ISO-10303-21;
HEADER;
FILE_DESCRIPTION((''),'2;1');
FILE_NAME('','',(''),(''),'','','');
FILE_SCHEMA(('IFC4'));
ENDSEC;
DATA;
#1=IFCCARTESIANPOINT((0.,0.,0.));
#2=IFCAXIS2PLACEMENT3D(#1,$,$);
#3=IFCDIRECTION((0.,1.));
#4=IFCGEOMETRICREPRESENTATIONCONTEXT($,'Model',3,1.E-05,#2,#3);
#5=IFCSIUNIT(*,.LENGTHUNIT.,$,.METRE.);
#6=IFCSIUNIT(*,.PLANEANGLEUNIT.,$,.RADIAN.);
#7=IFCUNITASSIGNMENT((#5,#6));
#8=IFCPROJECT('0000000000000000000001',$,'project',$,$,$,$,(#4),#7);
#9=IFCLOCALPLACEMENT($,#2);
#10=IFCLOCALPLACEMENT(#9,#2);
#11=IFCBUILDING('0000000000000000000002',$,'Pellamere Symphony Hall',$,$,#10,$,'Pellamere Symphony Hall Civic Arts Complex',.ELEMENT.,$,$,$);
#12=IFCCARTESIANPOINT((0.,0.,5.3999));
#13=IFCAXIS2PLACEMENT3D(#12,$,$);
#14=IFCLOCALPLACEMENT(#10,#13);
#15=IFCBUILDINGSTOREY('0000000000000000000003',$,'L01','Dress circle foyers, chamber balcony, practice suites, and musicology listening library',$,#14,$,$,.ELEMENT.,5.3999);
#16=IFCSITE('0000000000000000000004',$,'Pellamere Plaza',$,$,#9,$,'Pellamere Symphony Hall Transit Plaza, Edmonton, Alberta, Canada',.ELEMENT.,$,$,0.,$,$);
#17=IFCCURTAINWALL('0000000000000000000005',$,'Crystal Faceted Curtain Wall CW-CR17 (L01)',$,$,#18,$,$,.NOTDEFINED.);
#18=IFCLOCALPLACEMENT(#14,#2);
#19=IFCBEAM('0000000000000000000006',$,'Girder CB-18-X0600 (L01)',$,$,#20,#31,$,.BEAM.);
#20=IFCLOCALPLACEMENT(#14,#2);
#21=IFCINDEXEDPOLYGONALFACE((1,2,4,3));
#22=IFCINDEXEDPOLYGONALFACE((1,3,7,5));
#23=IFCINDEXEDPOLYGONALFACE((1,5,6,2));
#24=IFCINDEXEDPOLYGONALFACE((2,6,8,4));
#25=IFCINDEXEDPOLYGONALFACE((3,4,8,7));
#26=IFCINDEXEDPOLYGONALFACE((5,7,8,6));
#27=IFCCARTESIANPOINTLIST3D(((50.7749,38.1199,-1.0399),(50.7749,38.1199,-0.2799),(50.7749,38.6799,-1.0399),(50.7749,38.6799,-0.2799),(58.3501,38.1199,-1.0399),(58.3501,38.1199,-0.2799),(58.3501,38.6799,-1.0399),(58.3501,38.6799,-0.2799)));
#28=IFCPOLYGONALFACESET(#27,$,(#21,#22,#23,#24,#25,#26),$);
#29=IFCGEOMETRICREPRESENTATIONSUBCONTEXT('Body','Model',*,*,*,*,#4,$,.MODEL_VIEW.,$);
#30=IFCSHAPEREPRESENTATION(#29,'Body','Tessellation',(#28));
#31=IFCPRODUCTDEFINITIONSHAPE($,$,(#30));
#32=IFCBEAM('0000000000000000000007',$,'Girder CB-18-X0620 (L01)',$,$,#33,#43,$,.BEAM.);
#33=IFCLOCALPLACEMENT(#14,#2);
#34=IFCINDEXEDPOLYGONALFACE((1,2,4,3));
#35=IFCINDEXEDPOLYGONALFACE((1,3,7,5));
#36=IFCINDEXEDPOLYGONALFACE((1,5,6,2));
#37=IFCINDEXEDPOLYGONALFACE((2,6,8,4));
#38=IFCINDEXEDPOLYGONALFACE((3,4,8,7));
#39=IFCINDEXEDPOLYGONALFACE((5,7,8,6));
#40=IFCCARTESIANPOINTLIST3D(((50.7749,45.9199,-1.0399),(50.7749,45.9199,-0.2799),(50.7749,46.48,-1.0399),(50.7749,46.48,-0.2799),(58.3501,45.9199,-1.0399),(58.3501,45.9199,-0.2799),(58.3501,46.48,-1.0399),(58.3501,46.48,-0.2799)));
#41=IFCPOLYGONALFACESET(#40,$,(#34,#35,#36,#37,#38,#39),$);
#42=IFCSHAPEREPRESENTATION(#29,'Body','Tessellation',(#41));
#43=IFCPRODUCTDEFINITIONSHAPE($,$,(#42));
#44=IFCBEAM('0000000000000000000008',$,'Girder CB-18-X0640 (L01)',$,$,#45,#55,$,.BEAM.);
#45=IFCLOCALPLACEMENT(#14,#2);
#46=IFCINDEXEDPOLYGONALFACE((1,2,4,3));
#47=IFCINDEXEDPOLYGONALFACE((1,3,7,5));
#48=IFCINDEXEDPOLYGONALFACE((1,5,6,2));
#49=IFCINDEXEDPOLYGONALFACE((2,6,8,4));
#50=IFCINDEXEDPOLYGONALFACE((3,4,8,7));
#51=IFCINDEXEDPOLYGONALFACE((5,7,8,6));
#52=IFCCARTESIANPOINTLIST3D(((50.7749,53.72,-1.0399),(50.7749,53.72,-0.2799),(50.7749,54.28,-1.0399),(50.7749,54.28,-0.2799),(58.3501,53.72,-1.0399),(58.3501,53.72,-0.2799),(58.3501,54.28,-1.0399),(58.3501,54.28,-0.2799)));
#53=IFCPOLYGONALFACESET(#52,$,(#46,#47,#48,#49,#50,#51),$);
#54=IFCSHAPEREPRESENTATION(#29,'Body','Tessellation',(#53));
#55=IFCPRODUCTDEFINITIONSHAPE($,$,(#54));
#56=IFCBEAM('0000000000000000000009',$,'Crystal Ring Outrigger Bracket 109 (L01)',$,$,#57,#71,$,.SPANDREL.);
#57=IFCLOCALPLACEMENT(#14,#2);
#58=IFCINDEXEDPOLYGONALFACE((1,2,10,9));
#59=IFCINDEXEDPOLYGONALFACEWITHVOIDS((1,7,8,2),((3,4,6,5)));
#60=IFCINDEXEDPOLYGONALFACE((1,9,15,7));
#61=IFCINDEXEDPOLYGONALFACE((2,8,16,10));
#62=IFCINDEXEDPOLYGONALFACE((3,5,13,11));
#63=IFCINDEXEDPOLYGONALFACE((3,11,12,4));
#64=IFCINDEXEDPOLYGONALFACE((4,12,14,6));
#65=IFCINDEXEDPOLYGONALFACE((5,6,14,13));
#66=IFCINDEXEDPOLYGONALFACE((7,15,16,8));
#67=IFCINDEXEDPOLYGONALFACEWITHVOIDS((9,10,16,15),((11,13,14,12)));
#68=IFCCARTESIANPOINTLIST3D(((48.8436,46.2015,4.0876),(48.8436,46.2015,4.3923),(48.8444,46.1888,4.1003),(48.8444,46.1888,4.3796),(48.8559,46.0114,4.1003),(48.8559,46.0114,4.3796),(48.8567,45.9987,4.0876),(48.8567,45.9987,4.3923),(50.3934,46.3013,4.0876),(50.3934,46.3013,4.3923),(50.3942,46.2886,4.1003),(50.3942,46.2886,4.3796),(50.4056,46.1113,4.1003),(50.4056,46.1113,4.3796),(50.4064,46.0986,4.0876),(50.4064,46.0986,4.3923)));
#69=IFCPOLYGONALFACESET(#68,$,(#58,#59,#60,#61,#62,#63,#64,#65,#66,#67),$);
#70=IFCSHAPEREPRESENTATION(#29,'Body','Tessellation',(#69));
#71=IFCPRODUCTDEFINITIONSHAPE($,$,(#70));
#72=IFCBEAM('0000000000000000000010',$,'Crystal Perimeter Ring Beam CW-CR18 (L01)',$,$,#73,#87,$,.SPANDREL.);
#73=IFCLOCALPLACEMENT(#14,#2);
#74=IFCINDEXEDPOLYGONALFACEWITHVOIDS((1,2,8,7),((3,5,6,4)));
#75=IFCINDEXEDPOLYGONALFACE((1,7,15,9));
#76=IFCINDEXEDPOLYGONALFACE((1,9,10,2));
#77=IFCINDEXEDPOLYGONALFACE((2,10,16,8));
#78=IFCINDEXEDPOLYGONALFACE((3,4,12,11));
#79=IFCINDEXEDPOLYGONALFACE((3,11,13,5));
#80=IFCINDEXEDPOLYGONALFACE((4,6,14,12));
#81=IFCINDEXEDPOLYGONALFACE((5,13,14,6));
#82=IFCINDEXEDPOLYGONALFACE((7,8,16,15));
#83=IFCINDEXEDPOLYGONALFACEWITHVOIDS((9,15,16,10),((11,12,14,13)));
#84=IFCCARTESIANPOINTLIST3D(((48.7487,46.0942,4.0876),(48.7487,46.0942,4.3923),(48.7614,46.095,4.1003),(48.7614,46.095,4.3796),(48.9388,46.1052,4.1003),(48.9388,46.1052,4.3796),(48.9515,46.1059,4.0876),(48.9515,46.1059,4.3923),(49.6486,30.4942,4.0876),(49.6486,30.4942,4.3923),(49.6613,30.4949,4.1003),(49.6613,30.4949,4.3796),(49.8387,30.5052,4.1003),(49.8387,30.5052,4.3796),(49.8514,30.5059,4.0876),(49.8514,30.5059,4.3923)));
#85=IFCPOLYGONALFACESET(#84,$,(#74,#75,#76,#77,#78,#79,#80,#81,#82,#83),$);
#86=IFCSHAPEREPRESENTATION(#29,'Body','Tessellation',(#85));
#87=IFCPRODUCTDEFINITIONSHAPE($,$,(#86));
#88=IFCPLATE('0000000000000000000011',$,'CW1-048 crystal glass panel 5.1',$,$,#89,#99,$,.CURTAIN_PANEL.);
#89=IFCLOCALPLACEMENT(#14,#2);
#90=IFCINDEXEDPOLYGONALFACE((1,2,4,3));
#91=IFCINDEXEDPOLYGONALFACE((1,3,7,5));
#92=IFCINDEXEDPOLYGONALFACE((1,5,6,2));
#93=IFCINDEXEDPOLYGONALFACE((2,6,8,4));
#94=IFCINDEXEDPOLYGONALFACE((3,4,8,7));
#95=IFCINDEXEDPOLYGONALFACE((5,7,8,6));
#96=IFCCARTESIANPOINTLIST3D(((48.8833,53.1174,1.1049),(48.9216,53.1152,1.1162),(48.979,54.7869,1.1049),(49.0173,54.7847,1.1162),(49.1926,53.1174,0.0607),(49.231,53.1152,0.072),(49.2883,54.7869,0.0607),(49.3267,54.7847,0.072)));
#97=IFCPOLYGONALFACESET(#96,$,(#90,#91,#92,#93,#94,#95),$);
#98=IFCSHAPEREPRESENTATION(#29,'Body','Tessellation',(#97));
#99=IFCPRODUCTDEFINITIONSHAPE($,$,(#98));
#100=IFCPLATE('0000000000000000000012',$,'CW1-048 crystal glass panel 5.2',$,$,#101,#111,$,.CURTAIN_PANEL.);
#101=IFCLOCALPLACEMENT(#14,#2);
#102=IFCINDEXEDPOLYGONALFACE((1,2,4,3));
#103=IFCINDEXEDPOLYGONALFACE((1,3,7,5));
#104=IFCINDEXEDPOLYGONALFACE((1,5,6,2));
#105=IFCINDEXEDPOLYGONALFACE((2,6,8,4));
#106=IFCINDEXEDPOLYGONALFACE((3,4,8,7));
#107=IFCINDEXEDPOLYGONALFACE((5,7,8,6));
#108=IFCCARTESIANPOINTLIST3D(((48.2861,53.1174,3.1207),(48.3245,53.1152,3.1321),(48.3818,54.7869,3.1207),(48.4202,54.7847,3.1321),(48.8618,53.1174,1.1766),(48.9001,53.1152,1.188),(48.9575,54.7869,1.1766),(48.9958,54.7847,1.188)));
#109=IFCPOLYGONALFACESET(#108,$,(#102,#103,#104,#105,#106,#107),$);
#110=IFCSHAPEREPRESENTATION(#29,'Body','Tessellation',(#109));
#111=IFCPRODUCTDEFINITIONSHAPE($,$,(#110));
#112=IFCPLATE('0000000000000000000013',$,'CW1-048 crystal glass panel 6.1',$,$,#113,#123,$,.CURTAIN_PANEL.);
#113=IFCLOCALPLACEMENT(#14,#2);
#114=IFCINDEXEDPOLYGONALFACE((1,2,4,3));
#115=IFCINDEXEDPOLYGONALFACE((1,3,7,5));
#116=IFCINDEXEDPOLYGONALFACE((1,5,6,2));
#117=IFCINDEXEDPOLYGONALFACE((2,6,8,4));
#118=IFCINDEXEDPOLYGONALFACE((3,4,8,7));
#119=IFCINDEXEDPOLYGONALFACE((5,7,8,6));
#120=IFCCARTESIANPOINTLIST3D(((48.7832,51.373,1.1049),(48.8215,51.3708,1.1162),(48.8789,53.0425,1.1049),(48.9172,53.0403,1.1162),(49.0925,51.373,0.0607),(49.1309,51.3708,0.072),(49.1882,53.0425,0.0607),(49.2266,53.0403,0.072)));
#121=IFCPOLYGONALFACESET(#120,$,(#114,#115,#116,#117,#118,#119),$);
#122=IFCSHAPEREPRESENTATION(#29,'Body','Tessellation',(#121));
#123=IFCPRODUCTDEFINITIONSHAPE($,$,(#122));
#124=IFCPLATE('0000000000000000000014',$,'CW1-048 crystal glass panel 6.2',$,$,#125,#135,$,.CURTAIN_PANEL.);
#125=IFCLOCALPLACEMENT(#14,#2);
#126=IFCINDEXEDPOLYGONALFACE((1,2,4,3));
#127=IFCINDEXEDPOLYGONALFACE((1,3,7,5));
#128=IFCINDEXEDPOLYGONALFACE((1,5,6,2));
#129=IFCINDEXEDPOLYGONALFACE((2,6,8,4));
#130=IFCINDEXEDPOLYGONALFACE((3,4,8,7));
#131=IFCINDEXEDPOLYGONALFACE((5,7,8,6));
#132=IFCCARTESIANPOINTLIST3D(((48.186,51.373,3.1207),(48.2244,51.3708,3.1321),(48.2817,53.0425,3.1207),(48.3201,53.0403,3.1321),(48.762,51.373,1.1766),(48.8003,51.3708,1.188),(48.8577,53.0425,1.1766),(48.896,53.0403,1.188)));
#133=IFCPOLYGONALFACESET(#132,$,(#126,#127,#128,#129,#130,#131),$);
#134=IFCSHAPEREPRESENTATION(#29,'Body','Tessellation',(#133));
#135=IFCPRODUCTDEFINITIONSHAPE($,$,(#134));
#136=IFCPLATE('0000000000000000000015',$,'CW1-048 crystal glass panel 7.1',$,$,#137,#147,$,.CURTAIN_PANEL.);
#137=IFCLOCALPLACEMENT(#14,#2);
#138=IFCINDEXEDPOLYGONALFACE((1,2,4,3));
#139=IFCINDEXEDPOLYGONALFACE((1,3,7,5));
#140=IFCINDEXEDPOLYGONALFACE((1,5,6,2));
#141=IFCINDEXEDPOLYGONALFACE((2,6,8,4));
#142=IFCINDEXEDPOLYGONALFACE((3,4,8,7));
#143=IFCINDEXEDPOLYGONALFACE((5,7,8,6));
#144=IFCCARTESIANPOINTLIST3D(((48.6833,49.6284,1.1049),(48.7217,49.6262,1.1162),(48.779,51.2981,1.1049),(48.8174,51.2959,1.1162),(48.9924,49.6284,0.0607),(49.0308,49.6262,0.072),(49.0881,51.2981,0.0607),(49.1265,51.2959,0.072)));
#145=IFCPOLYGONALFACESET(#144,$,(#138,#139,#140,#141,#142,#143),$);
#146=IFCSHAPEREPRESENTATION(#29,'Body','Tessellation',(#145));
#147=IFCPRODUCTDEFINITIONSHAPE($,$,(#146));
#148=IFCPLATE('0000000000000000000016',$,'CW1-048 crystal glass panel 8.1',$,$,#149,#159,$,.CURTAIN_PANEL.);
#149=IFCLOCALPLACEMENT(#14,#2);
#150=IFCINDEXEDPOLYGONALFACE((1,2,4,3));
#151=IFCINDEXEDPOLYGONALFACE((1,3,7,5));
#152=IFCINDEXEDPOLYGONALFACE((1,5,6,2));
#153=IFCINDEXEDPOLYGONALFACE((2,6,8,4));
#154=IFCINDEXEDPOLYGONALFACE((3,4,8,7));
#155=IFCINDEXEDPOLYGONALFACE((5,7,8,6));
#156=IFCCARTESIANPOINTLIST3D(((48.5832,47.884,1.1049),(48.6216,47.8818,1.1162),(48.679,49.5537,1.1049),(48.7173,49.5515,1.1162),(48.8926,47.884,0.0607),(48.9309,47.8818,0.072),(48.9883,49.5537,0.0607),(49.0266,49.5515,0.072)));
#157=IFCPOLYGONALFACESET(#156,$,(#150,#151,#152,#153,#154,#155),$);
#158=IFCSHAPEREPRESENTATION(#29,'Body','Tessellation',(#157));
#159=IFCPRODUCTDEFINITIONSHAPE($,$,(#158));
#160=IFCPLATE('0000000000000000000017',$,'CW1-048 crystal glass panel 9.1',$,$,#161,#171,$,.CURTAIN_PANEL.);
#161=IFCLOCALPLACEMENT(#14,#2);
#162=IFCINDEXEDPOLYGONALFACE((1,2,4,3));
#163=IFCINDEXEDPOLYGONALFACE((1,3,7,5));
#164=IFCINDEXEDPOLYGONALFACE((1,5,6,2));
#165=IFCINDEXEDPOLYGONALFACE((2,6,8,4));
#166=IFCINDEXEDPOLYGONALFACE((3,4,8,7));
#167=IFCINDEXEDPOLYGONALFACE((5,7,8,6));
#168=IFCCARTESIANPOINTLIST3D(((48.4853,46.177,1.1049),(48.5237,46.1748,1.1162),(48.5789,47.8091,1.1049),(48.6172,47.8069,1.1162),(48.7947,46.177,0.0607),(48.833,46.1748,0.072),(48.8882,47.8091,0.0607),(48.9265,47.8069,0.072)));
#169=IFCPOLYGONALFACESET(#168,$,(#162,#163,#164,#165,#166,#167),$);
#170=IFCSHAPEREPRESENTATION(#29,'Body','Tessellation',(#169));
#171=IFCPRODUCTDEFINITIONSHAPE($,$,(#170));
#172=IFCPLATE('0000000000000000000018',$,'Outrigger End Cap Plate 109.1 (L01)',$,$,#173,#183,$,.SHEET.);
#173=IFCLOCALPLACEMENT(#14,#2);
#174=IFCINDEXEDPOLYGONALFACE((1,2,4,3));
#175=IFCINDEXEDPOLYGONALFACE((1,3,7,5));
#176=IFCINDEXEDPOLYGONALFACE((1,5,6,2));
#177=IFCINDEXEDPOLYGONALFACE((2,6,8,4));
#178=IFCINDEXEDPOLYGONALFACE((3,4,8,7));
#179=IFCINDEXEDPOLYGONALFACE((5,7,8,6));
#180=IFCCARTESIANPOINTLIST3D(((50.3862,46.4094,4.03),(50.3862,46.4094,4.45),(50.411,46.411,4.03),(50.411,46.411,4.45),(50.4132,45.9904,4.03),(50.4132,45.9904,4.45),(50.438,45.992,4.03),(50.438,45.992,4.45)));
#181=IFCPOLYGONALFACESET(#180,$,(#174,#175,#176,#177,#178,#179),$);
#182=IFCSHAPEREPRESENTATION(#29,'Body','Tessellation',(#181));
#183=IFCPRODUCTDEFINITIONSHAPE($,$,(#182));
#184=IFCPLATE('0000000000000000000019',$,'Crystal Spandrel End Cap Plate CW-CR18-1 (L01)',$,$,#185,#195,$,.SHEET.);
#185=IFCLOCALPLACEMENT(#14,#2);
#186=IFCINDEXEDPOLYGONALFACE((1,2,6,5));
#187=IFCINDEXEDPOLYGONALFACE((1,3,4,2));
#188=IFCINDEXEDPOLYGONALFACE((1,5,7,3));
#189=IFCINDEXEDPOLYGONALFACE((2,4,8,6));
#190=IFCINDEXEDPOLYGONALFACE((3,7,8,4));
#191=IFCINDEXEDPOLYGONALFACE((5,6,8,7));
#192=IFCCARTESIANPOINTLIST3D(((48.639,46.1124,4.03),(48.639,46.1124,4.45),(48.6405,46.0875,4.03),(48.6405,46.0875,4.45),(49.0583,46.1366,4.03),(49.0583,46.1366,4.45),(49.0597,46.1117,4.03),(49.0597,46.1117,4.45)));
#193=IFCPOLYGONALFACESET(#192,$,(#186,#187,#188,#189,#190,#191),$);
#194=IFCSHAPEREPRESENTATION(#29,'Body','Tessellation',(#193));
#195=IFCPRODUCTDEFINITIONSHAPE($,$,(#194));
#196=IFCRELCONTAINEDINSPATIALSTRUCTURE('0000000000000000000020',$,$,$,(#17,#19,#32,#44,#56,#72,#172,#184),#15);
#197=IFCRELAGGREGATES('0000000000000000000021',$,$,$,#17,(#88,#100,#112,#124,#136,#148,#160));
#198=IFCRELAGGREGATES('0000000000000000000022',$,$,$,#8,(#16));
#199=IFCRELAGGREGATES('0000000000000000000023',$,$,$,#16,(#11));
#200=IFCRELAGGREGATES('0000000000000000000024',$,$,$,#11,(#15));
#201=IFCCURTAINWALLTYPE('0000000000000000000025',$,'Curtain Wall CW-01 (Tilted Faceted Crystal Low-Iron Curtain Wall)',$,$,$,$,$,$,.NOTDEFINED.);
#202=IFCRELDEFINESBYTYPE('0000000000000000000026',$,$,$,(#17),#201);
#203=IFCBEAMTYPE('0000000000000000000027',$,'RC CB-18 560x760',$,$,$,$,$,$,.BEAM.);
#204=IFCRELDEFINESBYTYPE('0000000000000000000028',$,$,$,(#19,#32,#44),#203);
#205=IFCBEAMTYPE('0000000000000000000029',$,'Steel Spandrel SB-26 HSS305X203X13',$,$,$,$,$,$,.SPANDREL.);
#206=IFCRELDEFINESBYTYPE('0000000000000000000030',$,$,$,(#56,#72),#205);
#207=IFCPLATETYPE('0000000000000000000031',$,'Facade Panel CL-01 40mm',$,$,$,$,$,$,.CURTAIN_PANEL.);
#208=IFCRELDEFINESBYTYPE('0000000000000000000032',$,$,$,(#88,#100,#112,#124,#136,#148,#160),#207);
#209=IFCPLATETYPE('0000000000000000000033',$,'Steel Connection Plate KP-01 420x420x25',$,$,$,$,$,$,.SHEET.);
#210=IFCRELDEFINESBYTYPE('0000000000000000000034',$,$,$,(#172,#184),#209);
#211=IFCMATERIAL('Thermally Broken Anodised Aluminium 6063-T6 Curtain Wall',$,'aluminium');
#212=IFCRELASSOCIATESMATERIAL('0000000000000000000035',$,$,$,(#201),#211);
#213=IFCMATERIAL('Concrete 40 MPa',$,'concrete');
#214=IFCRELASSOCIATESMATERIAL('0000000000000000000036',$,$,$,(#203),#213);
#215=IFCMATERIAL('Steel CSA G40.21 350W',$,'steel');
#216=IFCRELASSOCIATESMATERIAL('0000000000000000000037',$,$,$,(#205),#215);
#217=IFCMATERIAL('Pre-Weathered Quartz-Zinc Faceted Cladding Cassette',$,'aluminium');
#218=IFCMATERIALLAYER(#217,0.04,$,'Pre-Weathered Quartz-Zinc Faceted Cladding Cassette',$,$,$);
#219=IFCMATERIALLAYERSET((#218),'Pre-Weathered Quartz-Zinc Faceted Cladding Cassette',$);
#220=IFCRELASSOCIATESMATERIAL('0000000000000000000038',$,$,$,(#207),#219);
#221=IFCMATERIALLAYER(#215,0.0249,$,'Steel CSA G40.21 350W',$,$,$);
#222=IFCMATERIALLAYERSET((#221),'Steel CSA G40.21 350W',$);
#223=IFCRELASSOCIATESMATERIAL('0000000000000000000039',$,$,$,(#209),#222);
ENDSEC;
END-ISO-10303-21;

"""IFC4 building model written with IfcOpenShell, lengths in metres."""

from ifc_helpers import new_model, si_unit, direction, frame, origin, origin_2d, place, context, subcontext, project, spatial, polyline, rectangle, hollow_rectangle, outline, extrude, material, layer, layer_set, material_profile, profile_set, type_object, element, aggregate, save


model = new_model("IFC4")

# Units and contexts
model_context = context("Model", 3, precision=1e-05, world=origin(), true_north=direction((0.0, 1.0)))
body_context = subcontext(model_context, "Body", "Model", "MODEL_VIEW")
ifc_project = project(units=[si_unit("LENGTHUNIT", "METRE"), si_unit("PLANEANGLEUNIT", "RADIAN")], contexts=[model_context])

# Site, building, storey
site_placement = place(None, origin())
site = spatial("IfcSite", under=ifc_project, at=site_placement, Name="Pellamere Plaza", LongName="Pellamere Symphony Hall Transit Plaza, Edmonton, Alberta, Canada", CompositionType="ELEMENT", RefElevation=0.0)
building_placement = place(site_placement, origin())
building = spatial("IfcBuilding", under=site, at=building_placement, Name="Pellamere Symphony Hall", LongName="Pellamere Symphony Hall Civic Arts Complex", CompositionType="ELEMENT")
storey_placement = place(building_placement, frame((0.0, 0.0, 5.3999)))
storey = spatial("IfcBuildingStorey", under=building, at=storey_placement, Name="L01", Description="Dress circle foyers, chamber balcony, practice suites, and musicology listening library", CompositionType="ELEMENT", Elevation=5.3999)

# Shared definitions
ifc_material_1 = material(Name="Concrete 40 MPa", Category="concrete")

# Curtain wall
ifc_material_2 = material(Name="Thermally Broken Anodised Aluminium 6063-T6 Curtain Wall", Category="aluminium")
curtain_wall_type = type_object("IfcCurtainWallType", Name="Curtain Wall CW-01 (Tilted Faceted Crystal Low-Iron Curtain Wall)", PredefinedType="NOTDEFINED", material=ifc_material_2)
curtain_wall_1_placement = place(storey_placement, origin())
curtain_wall_1 = element("IfcCurtainWall", 1, at=curtain_wall_1_placement, inside=storey, type_object=curtain_wall_type, Name="Crystal Faceted Curtain Wall CW-CR17 (L01)", PredefinedType="NOTDEFINED")

# Beams
ifc_material_profile_1 = material_profile(ifc_material_1, rectangle(XDim=0.5601, YDim=0.76, at=origin_2d()), Name="RC 560x760")
ifc_profile_set_1 = profile_set([ifc_material_profile_1], Name="Concrete 40 MPa")
beam_type_1 = type_object("IfcBeamType", Name="RC CB-18 560x760", PredefinedType="BEAM", material=ifc_profile_set_1)
for number, where, z_axis, x_axis, name in (
    (2, (50.7749, 38.3999, -0.6599), (1.0, 0.0, 0.0), (0.0, 1.0, 0.0), "Girder CB-18-X0600 (L01)"),
    (3, (50.7749, 46.2, -0.6599), (1.0, 0.0, 0.0), (0.0, 1.0, 0.0), "Girder CB-18-X0620 (L01)"),
    (4, (50.7749, 54.0, -0.6599), (1.0, 0.0, 0.0), (0.0, 1.0, 0.0), "Girder CB-18-X0640 (L01)"),
):
    element("IfcBeam", number, at=place(storey_placement, frame(where, z_axis=z_axis, x_axis=x_axis)), inside=storey, type_object=beam_type_1, Name=name, PredefinedType="BEAM", context=body_context, shape_type="SweptSolid", body=[
        extrude(rectangle(XDim=0.5601, YDim=0.76, at=origin_2d()), origin(), (0.0, 0.0, 1.0), 7.5752),
    ])
ifc_material_3 = material(Name="Steel CSA G40.21 350W", Category="steel")
ifc_material_profile_2 = material_profile(ifc_material_3, hollow_rectangle(XDim=0.2031, YDim=0.3047, WallThickness=0.0127, at=origin_2d()), Name="HSS305X203X13")
ifc_profile_set_2 = profile_set([ifc_material_profile_2], Name="Steel CSA G40.21 350W")
beam_type_2 = type_object("IfcBeamType", Name="Steel Spandrel SB-26 HSS305X203X13", PredefinedType="SPANDREL", material=ifc_profile_set_2)
beam_1_placement = place(storey_placement, frame((50.3999, 46.2, 4.24), z_axis=(-0.997931, -0.064296, 0.0), x_axis=(0.064296, -0.997931, 0.0)))
element("IfcBeam", 5, at=beam_1_placement, inside=storey, type_object=beam_type_2, Name="Crystal Ring Outrigger Bracket 109 (L01)", PredefinedType="SPANDREL", context=body_context, shape_type="SweptSolid", body=[
    extrude(hollow_rectangle(XDim=0.2031, YDim=0.3047, WallThickness=0.0127, at=origin_2d()), origin(), (0.0, 0.0, 1.0), 1.553),
])
beam_2_placement = place(storey_placement, frame((48.8501, 46.1001, 4.24), z_axis=(0.05759, -0.99834, 0.0), x_axis=(0.99834, 0.05759, 0.0)))
element("IfcBeam", 6, at=beam_2_placement, inside=storey, type_object=beam_type_2, Name="Crystal Perimeter Ring Beam CW-CR18 (L01)", PredefinedType="SPANDREL", context=body_context, shape_type="SweptSolid", body=[
    extrude(hollow_rectangle(XDim=0.2031, YDim=0.3047, WallThickness=0.0127, at=origin_2d()), origin(), (0.0, 0.0, 1.0), 15.626),
])

# Plates
ifc_material_4 = material(Name="Pre-Weathered Quartz-Zinc Faceted Cladding Cassette", Category="aluminium")
ifc_layer_1 = layer(ifc_material_4, 0.04, Name="Pre-Weathered Quartz-Zinc Faceted Cladding Cassette")
ifc_layer_set_1 = layer_set([ifc_layer_1], Name="Pre-Weathered Quartz-Zinc Faceted Cladding Cassette")
plate_type_1 = type_object("IfcPlateType", Name="Facade Panel CL-01 40mm", PredefinedType="CURTAIN_PANEL", material=ifc_layer_set_1)
plate_1_placement = place(storey_placement, frame((49.3267, 54.7847, 0.072), z_axis=(0.957369, -0.054883, 0.283607), x_axis=(-0.057233, -0.998361, 0.0)))
plate_1 = element("IfcPlate", 7, at=plate_1_placement, type_object=plate_type_1, Name="CW1-048 crystal glass panel 5.1", PredefinedType="CURTAIN_PANEL", context=body_context, shape_type="SweptSolid", body=[
    extrude(outline(polyline([(0.0, 0.0), (1.6722, 0.0), (1.6899, -1.0889), (0.0177, -1.0889), (0.0, 0.0)])), origin(), (0.0, 0.0, -1.0), 0.04),
])
plate_2_placement = place(storey_placement, frame((48.9958, 54.7847, 1.188), z_axis=(0.957399, -0.054885, 0.283505), x_axis=(-0.057233, -0.998361, 0.0)))
plate_2 = element("IfcPlate", 8, at=plate_2_placement, type_object=plate_type_1, Name="CW1-048 crystal glass panel 5.2", PredefinedType="CURTAIN_PANEL", context=body_context, shape_type="SweptSolid", body=[
    extrude(outline(polyline([(0.0, 0.0), (1.6722, 0.0), (1.7051, -2.0273), (0.0329, -2.0273), (0.0, 0.0)])), origin(), (0.0, 0.0, -1.0), 0.04),
])
plate_3_placement = place(storey_placement, frame((49.2266, 53.0403, 0.072), z_axis=(0.957369, -0.054883, 0.283607), x_axis=(-0.057233, -0.998361, 0.0)))
plate_3 = element("IfcPlate", 9, at=plate_3_placement, type_object=plate_type_1, Name="CW1-048 crystal glass panel 6.1", PredefinedType="CURTAIN_PANEL", context=body_context, shape_type="SweptSolid", body=[
    extrude(outline(polyline([(0.0, 0.0), (1.6722, 0.0), (1.6899, -1.0889), (0.0177, -1.0889), (0.0, 0.0)])), origin(), (0.0, 0.0, -1.0), 0.04),
])
plate_4_placement = place(storey_placement, frame((48.896, 53.0403, 1.188), z_axis=(0.957366, -0.054883, 0.283615), x_axis=(-0.057233, -0.998361, 0.0)))
plate_4 = element("IfcPlate", 10, at=plate_4_placement, type_object=plate_type_1, Name="CW1-048 crystal glass panel 6.2", PredefinedType="CURTAIN_PANEL", context=body_context, shape_type="SweptSolid", body=[
    extrude(outline(polyline([(0.0, 0.0), (1.6722, 0.0), (1.7051, -2.0273), (0.033, -2.0273), (0.0, 0.0)])), origin(), (0.0, 0.0, -1.0), 0.04),
])
plate_5_placement = place(storey_placement, frame((49.1265, 51.2959, 0.072), z_axis=(0.95743, -0.054878, 0.283401), x_axis=(-0.057224, -0.998361, 0.0)))
plate_5 = element("IfcPlate", 11, at=plate_5_placement, type_object=plate_type_1, Name="CW1-048 crystal glass panel 7.1", PredefinedType="CURTAIN_PANEL", context=body_context, shape_type="SweptSolid", body=[
    extrude(outline(polyline([(0.0, 0.0), (1.6724, 0.0), (1.6901, -1.0888), (0.0177, -1.0888), (0.0, 0.0)])), origin(), (0.0, 0.0, -1.0), 0.04),
])
plate_6_placement = place(storey_placement, frame((49.0266, 49.5515, 0.072), z_axis=(0.957369, -0.054875, 0.283607), x_axis=(-0.057224, -0.998361, 0.0)))
plate_6 = element("IfcPlate", 12, at=plate_6_placement, type_object=plate_type_1, Name="CW1-048 crystal glass panel 8.1", PredefinedType="CURTAIN_PANEL", context=body_context, shape_type="SweptSolid", body=[
    extrude(outline(polyline([(0.0, 0.0), (1.6724, 0.0), (1.6901, -1.0889), (0.0177, -1.0889), (0.0, 0.0)])), origin(), (0.0, 0.0, -1.0), 0.04),
])
plate_7_placement = place(storey_placement, frame((48.9265, 47.8069, 0.072), z_axis=(0.957371, -0.05485, 0.283607), x_axis=(-0.057199, -0.998363, 0.0)))
plate_7 = element("IfcPlate", 13, at=plate_7_placement, type_object=plate_type_1, Name="CW1-048 crystal glass panel 9.1", PredefinedType="CURTAIN_PANEL", context=body_context, shape_type="SweptSolid", body=[
    extrude(outline(polyline([(0.0, 0.0), (1.6348, 0.0), (1.6524, -1.0889), (0.0177, -1.0889), (0.0, 0.0)])), origin(), (0.0, 0.0, -1.0), 0.04),
])
aggregate(curtain_wall_1, [plate_1, plate_2, plate_3, plate_4, plate_5, plate_6, plate_7])

# Plates
ifc_layer_2 = layer(ifc_material_3, 0.0249, Name="Steel CSA G40.21 350W")
ifc_layer_set_2 = layer_set([ifc_layer_2], Name="Steel CSA G40.21 350W")
plate_type_2 = type_object("IfcPlateType", Name="Steel Connection Plate KP-01 420x420x25", PredefinedType="SHEET", material=ifc_layer_set_2)
for number, where, z_axis, x_axis, name in (
    (14, (50.4121, 46.2007, 4.03), (0.0, 0.0, 1.0), (-0.997927, -0.064358, 0.0), "Outrigger End Cap Plate 109.1 (L01)"),
    (15, (48.8494, 46.1121, 4.03), (0.0, 0.0, 1.0), (0.057564, -0.998342, 0.0), "Crystal Spandrel End Cap Plate CW-CR18-1 (L01)"),
):
    element("IfcPlate", number, at=place(storey_placement, frame(where, z_axis=z_axis, x_axis=x_axis)), inside=storey, type_object=plate_type_2, Name=name, PredefinedType="SHEET", context=body_context, shape_type="SweptSolid", body=[
        extrude(rectangle(XDim=0.0249, YDim=0.4199, at=origin_2d()), origin(), (0.0, 0.0, 1.0), 0.4199),
    ])

save(model, "model.ifc")
